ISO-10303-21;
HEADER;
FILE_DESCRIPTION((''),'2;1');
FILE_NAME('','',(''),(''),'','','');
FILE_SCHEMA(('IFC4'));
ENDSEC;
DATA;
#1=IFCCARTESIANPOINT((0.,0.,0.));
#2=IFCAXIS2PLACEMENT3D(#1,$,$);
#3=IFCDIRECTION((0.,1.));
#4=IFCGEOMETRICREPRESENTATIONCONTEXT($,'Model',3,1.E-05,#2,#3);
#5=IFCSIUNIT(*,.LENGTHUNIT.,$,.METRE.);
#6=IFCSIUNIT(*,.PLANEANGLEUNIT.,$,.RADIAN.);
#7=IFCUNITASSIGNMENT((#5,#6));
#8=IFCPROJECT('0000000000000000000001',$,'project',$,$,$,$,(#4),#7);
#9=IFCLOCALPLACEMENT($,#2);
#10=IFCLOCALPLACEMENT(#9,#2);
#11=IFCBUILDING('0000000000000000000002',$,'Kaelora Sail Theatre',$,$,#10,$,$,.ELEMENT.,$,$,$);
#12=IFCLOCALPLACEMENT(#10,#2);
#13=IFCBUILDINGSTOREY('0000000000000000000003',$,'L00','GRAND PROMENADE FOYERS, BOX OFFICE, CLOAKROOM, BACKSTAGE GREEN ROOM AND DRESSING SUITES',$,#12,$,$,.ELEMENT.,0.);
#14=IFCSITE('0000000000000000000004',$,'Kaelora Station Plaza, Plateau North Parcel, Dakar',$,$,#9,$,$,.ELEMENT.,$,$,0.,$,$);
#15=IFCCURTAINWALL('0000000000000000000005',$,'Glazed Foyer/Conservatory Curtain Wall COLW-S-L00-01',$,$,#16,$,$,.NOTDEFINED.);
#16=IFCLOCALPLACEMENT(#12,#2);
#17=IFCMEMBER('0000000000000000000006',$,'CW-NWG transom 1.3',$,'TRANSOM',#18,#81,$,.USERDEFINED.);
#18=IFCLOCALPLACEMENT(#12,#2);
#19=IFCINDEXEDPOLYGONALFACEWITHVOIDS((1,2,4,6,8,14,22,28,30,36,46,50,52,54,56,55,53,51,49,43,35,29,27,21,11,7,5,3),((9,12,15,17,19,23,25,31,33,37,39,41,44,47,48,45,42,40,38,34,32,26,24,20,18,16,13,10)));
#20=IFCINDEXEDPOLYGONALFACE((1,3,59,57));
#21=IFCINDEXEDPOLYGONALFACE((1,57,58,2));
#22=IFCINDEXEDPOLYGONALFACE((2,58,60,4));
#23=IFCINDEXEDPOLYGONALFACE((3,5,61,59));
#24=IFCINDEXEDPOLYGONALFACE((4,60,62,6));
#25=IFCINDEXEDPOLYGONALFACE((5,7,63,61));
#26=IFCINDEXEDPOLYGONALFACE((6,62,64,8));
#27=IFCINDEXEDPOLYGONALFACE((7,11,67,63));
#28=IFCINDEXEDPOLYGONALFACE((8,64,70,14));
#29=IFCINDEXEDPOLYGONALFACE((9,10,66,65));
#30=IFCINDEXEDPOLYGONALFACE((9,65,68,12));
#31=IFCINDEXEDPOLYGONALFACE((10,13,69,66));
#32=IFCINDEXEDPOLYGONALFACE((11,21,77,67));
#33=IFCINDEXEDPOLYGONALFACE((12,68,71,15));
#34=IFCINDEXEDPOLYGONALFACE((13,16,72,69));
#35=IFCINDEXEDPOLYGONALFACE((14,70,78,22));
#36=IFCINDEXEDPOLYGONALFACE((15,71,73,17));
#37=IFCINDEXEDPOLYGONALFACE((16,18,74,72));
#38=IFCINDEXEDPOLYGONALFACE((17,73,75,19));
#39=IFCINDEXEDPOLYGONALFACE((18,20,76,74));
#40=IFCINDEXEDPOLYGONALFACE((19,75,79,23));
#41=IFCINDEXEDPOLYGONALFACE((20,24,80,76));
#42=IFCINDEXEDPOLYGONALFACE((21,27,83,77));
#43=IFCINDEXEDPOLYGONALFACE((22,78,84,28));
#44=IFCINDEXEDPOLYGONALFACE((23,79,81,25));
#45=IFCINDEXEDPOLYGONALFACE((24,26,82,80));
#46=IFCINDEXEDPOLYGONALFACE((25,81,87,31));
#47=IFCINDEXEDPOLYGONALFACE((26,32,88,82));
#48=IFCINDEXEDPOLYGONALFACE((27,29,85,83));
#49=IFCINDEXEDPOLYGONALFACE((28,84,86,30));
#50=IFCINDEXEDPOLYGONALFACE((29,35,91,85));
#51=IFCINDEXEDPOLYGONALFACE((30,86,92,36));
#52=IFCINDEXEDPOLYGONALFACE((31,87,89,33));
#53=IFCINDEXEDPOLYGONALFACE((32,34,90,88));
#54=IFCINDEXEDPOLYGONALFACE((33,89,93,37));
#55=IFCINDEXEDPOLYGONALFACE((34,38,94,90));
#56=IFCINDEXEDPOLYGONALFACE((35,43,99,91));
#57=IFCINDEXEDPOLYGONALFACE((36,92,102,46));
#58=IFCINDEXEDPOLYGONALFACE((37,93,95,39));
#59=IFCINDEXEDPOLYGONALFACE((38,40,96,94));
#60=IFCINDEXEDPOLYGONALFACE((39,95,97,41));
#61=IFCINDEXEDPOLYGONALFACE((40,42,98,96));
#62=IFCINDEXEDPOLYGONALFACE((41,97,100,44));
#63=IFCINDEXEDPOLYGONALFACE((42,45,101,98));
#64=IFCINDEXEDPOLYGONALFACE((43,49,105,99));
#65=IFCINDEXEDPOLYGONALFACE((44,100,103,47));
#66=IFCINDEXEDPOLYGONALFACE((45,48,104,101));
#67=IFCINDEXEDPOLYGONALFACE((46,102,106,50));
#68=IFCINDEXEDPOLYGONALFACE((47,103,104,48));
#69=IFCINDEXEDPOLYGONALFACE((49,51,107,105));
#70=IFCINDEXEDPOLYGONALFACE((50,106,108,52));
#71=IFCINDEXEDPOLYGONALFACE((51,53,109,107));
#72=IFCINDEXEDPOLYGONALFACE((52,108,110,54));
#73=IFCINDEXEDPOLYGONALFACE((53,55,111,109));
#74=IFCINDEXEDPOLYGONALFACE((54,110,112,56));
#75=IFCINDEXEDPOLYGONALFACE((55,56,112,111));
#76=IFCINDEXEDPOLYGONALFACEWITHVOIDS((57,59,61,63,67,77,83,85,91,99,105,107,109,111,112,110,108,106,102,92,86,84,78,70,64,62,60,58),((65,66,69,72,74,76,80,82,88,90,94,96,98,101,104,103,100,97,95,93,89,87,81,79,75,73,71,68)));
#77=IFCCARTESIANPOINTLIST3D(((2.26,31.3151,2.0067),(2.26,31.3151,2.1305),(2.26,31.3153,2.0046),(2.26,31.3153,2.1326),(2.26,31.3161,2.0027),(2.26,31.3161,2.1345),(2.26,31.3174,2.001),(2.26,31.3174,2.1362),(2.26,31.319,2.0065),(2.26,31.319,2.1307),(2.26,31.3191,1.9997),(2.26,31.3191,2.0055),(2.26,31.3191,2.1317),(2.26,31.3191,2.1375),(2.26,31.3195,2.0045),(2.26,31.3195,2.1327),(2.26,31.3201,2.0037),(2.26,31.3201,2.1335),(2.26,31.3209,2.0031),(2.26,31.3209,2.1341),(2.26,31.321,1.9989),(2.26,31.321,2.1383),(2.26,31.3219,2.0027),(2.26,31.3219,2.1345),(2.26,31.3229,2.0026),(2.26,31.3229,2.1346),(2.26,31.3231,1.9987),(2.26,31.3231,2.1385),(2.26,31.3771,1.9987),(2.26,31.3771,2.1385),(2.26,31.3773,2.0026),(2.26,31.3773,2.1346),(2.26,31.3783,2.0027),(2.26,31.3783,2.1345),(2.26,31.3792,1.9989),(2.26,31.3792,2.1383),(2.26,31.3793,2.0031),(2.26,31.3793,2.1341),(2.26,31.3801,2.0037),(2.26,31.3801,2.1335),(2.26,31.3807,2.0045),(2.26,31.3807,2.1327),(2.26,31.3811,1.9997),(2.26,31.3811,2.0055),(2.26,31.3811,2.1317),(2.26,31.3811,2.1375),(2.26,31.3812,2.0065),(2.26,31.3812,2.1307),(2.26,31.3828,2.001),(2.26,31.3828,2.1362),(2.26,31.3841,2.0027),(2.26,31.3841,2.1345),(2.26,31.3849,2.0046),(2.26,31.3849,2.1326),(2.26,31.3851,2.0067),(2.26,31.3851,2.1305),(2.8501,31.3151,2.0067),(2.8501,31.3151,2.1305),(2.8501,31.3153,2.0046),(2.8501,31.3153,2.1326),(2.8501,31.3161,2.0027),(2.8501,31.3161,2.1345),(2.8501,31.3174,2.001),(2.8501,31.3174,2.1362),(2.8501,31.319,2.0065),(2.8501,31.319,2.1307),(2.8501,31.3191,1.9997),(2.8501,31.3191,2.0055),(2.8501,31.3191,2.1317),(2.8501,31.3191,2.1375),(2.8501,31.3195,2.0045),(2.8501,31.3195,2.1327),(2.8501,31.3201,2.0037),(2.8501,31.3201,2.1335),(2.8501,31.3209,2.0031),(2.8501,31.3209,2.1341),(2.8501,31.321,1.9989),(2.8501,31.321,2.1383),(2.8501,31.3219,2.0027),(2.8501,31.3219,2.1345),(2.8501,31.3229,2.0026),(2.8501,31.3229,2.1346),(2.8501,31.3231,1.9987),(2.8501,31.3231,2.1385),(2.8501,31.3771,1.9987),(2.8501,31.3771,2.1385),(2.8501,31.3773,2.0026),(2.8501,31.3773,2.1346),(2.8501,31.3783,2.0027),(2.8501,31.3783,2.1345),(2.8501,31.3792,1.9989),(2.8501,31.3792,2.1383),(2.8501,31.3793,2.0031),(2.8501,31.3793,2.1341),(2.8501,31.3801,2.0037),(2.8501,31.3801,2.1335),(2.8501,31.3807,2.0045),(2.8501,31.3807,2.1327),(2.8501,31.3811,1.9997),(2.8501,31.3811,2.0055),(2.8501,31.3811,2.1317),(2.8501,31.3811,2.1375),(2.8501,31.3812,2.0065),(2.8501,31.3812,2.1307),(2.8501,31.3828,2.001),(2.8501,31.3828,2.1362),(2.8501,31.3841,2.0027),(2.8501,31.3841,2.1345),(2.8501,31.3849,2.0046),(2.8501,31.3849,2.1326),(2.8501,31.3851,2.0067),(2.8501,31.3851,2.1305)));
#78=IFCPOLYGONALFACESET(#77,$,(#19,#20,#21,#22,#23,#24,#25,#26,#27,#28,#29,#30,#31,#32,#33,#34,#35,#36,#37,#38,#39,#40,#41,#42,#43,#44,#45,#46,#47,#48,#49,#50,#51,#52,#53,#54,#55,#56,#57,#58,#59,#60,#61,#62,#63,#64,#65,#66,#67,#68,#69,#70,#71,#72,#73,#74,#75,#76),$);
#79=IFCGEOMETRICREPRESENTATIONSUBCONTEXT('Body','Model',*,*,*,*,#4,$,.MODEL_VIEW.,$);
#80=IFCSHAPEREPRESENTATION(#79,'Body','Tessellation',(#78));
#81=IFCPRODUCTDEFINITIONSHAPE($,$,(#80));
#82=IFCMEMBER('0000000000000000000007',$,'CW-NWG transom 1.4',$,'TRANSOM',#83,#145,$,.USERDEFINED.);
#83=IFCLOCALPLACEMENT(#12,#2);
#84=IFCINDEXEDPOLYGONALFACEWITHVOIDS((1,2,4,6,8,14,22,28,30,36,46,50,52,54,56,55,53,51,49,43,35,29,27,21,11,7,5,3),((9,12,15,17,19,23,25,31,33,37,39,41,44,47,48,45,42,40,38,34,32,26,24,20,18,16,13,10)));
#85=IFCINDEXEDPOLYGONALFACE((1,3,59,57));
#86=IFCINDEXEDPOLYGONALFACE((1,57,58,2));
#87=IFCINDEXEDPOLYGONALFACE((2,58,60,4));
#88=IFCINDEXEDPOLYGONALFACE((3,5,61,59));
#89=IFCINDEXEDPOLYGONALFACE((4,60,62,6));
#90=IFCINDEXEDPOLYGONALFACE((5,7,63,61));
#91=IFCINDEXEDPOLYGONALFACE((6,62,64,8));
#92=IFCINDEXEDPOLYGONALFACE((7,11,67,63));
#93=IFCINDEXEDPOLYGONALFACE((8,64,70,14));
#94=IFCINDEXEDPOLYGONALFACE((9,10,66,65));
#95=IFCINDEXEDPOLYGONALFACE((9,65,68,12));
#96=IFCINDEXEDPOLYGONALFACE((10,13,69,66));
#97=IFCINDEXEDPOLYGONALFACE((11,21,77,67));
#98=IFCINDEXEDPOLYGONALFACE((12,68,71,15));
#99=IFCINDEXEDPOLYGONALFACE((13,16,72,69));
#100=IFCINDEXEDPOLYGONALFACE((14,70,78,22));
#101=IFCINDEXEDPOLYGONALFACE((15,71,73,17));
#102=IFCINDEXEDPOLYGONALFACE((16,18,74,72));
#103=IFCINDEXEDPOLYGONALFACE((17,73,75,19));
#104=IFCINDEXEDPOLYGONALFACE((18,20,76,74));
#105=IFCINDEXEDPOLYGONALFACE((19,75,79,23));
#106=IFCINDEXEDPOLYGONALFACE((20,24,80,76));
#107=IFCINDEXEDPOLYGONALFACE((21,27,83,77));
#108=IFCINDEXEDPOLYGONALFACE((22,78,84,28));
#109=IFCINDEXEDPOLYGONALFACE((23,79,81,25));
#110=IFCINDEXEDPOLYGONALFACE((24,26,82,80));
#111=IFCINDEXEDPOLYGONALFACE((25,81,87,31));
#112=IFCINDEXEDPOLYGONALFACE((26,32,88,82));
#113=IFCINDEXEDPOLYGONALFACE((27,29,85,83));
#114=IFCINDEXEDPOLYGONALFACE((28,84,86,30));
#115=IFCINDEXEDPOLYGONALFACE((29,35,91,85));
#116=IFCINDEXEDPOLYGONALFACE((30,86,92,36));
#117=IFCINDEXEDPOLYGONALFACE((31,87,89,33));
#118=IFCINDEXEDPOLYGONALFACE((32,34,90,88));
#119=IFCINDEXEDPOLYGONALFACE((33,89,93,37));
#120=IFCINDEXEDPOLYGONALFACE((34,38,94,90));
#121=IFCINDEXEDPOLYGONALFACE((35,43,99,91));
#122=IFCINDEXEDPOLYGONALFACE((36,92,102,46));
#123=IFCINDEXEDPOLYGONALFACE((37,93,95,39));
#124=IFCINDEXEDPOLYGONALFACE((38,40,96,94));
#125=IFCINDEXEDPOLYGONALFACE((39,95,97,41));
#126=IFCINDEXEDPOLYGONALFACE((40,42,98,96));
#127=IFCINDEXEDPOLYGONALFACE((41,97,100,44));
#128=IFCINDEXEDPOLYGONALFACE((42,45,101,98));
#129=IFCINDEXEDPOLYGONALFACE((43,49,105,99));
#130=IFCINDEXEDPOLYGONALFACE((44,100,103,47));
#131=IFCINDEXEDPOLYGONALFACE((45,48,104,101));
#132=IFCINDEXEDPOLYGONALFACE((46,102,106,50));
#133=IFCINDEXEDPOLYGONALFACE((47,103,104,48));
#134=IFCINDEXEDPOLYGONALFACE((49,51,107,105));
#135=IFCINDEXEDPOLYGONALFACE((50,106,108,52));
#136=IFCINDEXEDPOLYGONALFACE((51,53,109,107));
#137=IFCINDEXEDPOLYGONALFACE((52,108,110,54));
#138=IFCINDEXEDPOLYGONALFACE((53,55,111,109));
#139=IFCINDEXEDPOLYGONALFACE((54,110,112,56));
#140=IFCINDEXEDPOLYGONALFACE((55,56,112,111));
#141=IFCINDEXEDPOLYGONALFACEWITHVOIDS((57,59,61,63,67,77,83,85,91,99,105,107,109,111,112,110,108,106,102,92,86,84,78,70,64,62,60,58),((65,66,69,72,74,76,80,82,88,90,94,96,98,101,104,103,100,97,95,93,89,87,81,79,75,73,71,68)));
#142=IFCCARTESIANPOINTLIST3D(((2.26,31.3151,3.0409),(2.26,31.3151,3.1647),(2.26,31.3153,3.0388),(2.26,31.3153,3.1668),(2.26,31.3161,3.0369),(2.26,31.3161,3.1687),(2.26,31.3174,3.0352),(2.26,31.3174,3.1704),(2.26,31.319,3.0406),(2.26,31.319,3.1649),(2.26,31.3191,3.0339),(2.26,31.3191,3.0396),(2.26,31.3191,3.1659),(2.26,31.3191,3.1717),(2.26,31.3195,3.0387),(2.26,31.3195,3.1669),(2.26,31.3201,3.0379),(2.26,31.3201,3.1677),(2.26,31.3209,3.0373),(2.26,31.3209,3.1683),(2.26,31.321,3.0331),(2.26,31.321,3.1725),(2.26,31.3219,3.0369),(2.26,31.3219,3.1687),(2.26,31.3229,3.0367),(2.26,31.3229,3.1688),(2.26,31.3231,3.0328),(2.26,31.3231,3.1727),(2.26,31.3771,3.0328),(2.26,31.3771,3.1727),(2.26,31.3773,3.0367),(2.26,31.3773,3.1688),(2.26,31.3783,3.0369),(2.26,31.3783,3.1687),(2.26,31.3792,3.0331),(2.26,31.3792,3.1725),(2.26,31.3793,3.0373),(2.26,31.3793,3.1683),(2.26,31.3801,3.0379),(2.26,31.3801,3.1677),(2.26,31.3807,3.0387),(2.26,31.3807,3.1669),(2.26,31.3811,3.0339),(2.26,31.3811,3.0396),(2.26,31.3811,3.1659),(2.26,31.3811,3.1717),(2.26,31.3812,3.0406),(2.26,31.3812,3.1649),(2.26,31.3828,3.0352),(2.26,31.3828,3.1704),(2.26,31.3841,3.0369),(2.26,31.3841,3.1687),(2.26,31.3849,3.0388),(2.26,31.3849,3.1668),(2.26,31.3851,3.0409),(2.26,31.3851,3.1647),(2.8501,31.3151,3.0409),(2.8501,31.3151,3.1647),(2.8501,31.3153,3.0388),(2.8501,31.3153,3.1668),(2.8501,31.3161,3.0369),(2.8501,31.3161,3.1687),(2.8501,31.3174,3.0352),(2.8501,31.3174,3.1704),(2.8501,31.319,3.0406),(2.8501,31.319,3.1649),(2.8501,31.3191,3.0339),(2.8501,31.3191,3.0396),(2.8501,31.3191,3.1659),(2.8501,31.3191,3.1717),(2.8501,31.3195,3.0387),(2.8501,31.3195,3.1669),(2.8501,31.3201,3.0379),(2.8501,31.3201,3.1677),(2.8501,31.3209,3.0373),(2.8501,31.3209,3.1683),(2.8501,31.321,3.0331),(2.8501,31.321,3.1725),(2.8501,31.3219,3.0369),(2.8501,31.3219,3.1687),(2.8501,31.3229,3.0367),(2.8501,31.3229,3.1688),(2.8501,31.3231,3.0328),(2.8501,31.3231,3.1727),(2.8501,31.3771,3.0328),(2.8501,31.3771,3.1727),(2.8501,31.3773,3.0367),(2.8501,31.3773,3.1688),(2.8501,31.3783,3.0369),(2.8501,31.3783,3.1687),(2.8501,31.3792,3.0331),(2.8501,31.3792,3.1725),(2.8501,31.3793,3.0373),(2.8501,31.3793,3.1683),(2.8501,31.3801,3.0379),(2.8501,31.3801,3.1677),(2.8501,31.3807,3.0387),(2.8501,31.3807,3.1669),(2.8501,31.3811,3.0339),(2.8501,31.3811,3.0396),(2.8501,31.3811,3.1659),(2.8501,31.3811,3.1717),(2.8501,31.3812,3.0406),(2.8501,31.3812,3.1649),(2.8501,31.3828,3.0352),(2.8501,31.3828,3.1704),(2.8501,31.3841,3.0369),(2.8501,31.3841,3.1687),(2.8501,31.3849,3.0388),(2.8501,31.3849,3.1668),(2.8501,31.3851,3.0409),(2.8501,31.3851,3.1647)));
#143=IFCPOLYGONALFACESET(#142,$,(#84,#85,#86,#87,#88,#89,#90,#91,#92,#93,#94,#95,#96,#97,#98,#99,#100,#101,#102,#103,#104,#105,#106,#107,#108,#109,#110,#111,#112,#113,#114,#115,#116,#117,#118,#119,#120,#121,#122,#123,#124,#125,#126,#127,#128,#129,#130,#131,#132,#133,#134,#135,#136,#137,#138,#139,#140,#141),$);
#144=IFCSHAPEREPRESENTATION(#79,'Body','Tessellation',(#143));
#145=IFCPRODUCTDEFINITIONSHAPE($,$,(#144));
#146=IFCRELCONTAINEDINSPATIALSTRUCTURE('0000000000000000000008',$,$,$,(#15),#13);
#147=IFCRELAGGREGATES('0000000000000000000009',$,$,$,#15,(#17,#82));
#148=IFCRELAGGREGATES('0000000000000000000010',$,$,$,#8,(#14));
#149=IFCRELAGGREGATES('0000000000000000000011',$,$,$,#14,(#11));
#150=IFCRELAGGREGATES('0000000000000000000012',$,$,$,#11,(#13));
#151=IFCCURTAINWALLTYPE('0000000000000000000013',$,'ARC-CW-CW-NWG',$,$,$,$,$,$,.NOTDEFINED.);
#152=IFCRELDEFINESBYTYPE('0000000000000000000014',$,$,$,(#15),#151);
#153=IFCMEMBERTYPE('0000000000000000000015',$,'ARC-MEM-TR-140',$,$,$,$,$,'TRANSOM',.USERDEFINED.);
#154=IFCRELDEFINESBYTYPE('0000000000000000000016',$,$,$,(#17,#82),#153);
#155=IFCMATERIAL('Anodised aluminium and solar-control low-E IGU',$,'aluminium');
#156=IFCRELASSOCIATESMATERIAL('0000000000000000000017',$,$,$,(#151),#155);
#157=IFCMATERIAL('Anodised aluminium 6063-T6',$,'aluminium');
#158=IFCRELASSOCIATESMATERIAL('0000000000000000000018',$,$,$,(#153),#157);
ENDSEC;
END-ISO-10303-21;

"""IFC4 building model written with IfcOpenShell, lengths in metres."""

from ifc_helpers import new_model, si_unit, direction, frame, origin, origin_2d, place, context, subcontext, project, spatial, hollow_rectangle, extrude, material, material_profile, profile_set, type_object, element, aggregate, save


model = new_model("IFC4")

# Units and contexts
model_context = context("Model", 3, precision=1e-05, world=origin(), true_north=direction((0.0, 1.0)))
body_context = subcontext(model_context, "Body", "Model", "MODEL_VIEW")
ifc_project = project(units=[si_unit("LENGTHUNIT", "METRE"), si_unit("PLANEANGLEUNIT", "RADIAN")], contexts=[model_context])

# Site, building, storey
site_placement = place(None, origin())
site = spatial("IfcSite", under=ifc_project, at=site_placement, Name="Kaelora Station Plaza, Plateau North Parcel, Dakar", CompositionType="ELEMENT", RefElevation=0.0)
building_placement = place(site_placement, origin())
building = spatial("IfcBuilding", under=site, at=building_placement, Name="Kaelora Sail Theatre", CompositionType="ELEMENT")
storey_placement = place(building_placement, origin())
storey = spatial("IfcBuildingStorey", under=building, at=storey_placement, Name="L00", Description="GRAND PROMENADE FOYERS, BOX OFFICE, CLOAKROOM, BACKSTAGE GREEN ROOM AND DRESSING SUITES", CompositionType="ELEMENT", Elevation=0.0)

# Curtain wall, members
ifc_material_1 = material(Name="Anodised aluminium and solar-control low-E IGU", Category="aluminium")
curtain_wall_type = type_object("IfcCurtainWallType", Name="ARC-CW-CW-NWG", PredefinedType="NOTDEFINED", material=ifc_material_1)
curtain_wall_placement = place(storey_placement, origin())
curtain_wall = element("IfcCurtainWall", 1, at=curtain_wall_placement, inside=storey, type_object=curtain_wall_type, Name="Glazed Foyer/Conservatory Curtain Wall COLW-S-L00-01", PredefinedType="NOTDEFINED")
ifc_material_2 = material(Name="Anodised aluminium 6063-T6", Category="aluminium")
ifc_material_profile = material_profile(ifc_material_2, hollow_rectangle(XDim=0.0701, YDim=0.1399, WallThickness=0.0039, InnerFilletRadius=0.0039, OuterFilletRadius=0.0081, at=origin_2d()), Name="ALU-TRAN 70x140x4")
ifc_profile_set = profile_set([ifc_material_profile], Name="Anodised aluminium 6063-T6")
member_type = type_object("IfcMemberType", Name="ARC-MEM-TR-140", ElementType="TRANSOM", PredefinedType="USERDEFINED", material=ifc_profile_set)
member_1_placement = place(storey_placement, frame((2.26, 31.3501, 2.0686), z_axis=(1.0, 0.0, 0.0), x_axis=(0.0, 1.0, 0.0)))
member_1 = element("IfcMember", 2, at=member_1_placement, type_object=member_type, Name="CW-NWG transom 1.3", ObjectType="TRANSOM", PredefinedType="USERDEFINED", context=body_context, shape_type="SweptSolid", body=[
    extrude(hollow_rectangle(XDim=0.0701, YDim=0.1399, WallThickness=0.0039, InnerFilletRadius=0.0039, OuterFilletRadius=0.0081, at=origin_2d()), origin(), (0.0, 0.0, 1.0), 0.5901),
])
member_2_placement = place(storey_placement, frame((2.26, 31.3501, 3.1028), z_axis=(1.0, 0.0, 0.0), x_axis=(0.0, 1.0, 0.0)))
member_2 = element("IfcMember", 3, at=member_2_placement, type_object=member_type, Name="CW-NWG transom 1.4", ObjectType="TRANSOM", PredefinedType="USERDEFINED", context=body_context, shape_type="SweptSolid", body=[
    extrude(hollow_rectangle(XDim=0.0701, YDim=0.1399, WallThickness=0.0039, InnerFilletRadius=0.0039, OuterFilletRadius=0.0081, at=origin_2d()), origin(), (0.0, 0.0, 1.0), 0.5901),
])
aggregate(curtain_wall, [member_1, member_2])

save(model, "model.ifc")
